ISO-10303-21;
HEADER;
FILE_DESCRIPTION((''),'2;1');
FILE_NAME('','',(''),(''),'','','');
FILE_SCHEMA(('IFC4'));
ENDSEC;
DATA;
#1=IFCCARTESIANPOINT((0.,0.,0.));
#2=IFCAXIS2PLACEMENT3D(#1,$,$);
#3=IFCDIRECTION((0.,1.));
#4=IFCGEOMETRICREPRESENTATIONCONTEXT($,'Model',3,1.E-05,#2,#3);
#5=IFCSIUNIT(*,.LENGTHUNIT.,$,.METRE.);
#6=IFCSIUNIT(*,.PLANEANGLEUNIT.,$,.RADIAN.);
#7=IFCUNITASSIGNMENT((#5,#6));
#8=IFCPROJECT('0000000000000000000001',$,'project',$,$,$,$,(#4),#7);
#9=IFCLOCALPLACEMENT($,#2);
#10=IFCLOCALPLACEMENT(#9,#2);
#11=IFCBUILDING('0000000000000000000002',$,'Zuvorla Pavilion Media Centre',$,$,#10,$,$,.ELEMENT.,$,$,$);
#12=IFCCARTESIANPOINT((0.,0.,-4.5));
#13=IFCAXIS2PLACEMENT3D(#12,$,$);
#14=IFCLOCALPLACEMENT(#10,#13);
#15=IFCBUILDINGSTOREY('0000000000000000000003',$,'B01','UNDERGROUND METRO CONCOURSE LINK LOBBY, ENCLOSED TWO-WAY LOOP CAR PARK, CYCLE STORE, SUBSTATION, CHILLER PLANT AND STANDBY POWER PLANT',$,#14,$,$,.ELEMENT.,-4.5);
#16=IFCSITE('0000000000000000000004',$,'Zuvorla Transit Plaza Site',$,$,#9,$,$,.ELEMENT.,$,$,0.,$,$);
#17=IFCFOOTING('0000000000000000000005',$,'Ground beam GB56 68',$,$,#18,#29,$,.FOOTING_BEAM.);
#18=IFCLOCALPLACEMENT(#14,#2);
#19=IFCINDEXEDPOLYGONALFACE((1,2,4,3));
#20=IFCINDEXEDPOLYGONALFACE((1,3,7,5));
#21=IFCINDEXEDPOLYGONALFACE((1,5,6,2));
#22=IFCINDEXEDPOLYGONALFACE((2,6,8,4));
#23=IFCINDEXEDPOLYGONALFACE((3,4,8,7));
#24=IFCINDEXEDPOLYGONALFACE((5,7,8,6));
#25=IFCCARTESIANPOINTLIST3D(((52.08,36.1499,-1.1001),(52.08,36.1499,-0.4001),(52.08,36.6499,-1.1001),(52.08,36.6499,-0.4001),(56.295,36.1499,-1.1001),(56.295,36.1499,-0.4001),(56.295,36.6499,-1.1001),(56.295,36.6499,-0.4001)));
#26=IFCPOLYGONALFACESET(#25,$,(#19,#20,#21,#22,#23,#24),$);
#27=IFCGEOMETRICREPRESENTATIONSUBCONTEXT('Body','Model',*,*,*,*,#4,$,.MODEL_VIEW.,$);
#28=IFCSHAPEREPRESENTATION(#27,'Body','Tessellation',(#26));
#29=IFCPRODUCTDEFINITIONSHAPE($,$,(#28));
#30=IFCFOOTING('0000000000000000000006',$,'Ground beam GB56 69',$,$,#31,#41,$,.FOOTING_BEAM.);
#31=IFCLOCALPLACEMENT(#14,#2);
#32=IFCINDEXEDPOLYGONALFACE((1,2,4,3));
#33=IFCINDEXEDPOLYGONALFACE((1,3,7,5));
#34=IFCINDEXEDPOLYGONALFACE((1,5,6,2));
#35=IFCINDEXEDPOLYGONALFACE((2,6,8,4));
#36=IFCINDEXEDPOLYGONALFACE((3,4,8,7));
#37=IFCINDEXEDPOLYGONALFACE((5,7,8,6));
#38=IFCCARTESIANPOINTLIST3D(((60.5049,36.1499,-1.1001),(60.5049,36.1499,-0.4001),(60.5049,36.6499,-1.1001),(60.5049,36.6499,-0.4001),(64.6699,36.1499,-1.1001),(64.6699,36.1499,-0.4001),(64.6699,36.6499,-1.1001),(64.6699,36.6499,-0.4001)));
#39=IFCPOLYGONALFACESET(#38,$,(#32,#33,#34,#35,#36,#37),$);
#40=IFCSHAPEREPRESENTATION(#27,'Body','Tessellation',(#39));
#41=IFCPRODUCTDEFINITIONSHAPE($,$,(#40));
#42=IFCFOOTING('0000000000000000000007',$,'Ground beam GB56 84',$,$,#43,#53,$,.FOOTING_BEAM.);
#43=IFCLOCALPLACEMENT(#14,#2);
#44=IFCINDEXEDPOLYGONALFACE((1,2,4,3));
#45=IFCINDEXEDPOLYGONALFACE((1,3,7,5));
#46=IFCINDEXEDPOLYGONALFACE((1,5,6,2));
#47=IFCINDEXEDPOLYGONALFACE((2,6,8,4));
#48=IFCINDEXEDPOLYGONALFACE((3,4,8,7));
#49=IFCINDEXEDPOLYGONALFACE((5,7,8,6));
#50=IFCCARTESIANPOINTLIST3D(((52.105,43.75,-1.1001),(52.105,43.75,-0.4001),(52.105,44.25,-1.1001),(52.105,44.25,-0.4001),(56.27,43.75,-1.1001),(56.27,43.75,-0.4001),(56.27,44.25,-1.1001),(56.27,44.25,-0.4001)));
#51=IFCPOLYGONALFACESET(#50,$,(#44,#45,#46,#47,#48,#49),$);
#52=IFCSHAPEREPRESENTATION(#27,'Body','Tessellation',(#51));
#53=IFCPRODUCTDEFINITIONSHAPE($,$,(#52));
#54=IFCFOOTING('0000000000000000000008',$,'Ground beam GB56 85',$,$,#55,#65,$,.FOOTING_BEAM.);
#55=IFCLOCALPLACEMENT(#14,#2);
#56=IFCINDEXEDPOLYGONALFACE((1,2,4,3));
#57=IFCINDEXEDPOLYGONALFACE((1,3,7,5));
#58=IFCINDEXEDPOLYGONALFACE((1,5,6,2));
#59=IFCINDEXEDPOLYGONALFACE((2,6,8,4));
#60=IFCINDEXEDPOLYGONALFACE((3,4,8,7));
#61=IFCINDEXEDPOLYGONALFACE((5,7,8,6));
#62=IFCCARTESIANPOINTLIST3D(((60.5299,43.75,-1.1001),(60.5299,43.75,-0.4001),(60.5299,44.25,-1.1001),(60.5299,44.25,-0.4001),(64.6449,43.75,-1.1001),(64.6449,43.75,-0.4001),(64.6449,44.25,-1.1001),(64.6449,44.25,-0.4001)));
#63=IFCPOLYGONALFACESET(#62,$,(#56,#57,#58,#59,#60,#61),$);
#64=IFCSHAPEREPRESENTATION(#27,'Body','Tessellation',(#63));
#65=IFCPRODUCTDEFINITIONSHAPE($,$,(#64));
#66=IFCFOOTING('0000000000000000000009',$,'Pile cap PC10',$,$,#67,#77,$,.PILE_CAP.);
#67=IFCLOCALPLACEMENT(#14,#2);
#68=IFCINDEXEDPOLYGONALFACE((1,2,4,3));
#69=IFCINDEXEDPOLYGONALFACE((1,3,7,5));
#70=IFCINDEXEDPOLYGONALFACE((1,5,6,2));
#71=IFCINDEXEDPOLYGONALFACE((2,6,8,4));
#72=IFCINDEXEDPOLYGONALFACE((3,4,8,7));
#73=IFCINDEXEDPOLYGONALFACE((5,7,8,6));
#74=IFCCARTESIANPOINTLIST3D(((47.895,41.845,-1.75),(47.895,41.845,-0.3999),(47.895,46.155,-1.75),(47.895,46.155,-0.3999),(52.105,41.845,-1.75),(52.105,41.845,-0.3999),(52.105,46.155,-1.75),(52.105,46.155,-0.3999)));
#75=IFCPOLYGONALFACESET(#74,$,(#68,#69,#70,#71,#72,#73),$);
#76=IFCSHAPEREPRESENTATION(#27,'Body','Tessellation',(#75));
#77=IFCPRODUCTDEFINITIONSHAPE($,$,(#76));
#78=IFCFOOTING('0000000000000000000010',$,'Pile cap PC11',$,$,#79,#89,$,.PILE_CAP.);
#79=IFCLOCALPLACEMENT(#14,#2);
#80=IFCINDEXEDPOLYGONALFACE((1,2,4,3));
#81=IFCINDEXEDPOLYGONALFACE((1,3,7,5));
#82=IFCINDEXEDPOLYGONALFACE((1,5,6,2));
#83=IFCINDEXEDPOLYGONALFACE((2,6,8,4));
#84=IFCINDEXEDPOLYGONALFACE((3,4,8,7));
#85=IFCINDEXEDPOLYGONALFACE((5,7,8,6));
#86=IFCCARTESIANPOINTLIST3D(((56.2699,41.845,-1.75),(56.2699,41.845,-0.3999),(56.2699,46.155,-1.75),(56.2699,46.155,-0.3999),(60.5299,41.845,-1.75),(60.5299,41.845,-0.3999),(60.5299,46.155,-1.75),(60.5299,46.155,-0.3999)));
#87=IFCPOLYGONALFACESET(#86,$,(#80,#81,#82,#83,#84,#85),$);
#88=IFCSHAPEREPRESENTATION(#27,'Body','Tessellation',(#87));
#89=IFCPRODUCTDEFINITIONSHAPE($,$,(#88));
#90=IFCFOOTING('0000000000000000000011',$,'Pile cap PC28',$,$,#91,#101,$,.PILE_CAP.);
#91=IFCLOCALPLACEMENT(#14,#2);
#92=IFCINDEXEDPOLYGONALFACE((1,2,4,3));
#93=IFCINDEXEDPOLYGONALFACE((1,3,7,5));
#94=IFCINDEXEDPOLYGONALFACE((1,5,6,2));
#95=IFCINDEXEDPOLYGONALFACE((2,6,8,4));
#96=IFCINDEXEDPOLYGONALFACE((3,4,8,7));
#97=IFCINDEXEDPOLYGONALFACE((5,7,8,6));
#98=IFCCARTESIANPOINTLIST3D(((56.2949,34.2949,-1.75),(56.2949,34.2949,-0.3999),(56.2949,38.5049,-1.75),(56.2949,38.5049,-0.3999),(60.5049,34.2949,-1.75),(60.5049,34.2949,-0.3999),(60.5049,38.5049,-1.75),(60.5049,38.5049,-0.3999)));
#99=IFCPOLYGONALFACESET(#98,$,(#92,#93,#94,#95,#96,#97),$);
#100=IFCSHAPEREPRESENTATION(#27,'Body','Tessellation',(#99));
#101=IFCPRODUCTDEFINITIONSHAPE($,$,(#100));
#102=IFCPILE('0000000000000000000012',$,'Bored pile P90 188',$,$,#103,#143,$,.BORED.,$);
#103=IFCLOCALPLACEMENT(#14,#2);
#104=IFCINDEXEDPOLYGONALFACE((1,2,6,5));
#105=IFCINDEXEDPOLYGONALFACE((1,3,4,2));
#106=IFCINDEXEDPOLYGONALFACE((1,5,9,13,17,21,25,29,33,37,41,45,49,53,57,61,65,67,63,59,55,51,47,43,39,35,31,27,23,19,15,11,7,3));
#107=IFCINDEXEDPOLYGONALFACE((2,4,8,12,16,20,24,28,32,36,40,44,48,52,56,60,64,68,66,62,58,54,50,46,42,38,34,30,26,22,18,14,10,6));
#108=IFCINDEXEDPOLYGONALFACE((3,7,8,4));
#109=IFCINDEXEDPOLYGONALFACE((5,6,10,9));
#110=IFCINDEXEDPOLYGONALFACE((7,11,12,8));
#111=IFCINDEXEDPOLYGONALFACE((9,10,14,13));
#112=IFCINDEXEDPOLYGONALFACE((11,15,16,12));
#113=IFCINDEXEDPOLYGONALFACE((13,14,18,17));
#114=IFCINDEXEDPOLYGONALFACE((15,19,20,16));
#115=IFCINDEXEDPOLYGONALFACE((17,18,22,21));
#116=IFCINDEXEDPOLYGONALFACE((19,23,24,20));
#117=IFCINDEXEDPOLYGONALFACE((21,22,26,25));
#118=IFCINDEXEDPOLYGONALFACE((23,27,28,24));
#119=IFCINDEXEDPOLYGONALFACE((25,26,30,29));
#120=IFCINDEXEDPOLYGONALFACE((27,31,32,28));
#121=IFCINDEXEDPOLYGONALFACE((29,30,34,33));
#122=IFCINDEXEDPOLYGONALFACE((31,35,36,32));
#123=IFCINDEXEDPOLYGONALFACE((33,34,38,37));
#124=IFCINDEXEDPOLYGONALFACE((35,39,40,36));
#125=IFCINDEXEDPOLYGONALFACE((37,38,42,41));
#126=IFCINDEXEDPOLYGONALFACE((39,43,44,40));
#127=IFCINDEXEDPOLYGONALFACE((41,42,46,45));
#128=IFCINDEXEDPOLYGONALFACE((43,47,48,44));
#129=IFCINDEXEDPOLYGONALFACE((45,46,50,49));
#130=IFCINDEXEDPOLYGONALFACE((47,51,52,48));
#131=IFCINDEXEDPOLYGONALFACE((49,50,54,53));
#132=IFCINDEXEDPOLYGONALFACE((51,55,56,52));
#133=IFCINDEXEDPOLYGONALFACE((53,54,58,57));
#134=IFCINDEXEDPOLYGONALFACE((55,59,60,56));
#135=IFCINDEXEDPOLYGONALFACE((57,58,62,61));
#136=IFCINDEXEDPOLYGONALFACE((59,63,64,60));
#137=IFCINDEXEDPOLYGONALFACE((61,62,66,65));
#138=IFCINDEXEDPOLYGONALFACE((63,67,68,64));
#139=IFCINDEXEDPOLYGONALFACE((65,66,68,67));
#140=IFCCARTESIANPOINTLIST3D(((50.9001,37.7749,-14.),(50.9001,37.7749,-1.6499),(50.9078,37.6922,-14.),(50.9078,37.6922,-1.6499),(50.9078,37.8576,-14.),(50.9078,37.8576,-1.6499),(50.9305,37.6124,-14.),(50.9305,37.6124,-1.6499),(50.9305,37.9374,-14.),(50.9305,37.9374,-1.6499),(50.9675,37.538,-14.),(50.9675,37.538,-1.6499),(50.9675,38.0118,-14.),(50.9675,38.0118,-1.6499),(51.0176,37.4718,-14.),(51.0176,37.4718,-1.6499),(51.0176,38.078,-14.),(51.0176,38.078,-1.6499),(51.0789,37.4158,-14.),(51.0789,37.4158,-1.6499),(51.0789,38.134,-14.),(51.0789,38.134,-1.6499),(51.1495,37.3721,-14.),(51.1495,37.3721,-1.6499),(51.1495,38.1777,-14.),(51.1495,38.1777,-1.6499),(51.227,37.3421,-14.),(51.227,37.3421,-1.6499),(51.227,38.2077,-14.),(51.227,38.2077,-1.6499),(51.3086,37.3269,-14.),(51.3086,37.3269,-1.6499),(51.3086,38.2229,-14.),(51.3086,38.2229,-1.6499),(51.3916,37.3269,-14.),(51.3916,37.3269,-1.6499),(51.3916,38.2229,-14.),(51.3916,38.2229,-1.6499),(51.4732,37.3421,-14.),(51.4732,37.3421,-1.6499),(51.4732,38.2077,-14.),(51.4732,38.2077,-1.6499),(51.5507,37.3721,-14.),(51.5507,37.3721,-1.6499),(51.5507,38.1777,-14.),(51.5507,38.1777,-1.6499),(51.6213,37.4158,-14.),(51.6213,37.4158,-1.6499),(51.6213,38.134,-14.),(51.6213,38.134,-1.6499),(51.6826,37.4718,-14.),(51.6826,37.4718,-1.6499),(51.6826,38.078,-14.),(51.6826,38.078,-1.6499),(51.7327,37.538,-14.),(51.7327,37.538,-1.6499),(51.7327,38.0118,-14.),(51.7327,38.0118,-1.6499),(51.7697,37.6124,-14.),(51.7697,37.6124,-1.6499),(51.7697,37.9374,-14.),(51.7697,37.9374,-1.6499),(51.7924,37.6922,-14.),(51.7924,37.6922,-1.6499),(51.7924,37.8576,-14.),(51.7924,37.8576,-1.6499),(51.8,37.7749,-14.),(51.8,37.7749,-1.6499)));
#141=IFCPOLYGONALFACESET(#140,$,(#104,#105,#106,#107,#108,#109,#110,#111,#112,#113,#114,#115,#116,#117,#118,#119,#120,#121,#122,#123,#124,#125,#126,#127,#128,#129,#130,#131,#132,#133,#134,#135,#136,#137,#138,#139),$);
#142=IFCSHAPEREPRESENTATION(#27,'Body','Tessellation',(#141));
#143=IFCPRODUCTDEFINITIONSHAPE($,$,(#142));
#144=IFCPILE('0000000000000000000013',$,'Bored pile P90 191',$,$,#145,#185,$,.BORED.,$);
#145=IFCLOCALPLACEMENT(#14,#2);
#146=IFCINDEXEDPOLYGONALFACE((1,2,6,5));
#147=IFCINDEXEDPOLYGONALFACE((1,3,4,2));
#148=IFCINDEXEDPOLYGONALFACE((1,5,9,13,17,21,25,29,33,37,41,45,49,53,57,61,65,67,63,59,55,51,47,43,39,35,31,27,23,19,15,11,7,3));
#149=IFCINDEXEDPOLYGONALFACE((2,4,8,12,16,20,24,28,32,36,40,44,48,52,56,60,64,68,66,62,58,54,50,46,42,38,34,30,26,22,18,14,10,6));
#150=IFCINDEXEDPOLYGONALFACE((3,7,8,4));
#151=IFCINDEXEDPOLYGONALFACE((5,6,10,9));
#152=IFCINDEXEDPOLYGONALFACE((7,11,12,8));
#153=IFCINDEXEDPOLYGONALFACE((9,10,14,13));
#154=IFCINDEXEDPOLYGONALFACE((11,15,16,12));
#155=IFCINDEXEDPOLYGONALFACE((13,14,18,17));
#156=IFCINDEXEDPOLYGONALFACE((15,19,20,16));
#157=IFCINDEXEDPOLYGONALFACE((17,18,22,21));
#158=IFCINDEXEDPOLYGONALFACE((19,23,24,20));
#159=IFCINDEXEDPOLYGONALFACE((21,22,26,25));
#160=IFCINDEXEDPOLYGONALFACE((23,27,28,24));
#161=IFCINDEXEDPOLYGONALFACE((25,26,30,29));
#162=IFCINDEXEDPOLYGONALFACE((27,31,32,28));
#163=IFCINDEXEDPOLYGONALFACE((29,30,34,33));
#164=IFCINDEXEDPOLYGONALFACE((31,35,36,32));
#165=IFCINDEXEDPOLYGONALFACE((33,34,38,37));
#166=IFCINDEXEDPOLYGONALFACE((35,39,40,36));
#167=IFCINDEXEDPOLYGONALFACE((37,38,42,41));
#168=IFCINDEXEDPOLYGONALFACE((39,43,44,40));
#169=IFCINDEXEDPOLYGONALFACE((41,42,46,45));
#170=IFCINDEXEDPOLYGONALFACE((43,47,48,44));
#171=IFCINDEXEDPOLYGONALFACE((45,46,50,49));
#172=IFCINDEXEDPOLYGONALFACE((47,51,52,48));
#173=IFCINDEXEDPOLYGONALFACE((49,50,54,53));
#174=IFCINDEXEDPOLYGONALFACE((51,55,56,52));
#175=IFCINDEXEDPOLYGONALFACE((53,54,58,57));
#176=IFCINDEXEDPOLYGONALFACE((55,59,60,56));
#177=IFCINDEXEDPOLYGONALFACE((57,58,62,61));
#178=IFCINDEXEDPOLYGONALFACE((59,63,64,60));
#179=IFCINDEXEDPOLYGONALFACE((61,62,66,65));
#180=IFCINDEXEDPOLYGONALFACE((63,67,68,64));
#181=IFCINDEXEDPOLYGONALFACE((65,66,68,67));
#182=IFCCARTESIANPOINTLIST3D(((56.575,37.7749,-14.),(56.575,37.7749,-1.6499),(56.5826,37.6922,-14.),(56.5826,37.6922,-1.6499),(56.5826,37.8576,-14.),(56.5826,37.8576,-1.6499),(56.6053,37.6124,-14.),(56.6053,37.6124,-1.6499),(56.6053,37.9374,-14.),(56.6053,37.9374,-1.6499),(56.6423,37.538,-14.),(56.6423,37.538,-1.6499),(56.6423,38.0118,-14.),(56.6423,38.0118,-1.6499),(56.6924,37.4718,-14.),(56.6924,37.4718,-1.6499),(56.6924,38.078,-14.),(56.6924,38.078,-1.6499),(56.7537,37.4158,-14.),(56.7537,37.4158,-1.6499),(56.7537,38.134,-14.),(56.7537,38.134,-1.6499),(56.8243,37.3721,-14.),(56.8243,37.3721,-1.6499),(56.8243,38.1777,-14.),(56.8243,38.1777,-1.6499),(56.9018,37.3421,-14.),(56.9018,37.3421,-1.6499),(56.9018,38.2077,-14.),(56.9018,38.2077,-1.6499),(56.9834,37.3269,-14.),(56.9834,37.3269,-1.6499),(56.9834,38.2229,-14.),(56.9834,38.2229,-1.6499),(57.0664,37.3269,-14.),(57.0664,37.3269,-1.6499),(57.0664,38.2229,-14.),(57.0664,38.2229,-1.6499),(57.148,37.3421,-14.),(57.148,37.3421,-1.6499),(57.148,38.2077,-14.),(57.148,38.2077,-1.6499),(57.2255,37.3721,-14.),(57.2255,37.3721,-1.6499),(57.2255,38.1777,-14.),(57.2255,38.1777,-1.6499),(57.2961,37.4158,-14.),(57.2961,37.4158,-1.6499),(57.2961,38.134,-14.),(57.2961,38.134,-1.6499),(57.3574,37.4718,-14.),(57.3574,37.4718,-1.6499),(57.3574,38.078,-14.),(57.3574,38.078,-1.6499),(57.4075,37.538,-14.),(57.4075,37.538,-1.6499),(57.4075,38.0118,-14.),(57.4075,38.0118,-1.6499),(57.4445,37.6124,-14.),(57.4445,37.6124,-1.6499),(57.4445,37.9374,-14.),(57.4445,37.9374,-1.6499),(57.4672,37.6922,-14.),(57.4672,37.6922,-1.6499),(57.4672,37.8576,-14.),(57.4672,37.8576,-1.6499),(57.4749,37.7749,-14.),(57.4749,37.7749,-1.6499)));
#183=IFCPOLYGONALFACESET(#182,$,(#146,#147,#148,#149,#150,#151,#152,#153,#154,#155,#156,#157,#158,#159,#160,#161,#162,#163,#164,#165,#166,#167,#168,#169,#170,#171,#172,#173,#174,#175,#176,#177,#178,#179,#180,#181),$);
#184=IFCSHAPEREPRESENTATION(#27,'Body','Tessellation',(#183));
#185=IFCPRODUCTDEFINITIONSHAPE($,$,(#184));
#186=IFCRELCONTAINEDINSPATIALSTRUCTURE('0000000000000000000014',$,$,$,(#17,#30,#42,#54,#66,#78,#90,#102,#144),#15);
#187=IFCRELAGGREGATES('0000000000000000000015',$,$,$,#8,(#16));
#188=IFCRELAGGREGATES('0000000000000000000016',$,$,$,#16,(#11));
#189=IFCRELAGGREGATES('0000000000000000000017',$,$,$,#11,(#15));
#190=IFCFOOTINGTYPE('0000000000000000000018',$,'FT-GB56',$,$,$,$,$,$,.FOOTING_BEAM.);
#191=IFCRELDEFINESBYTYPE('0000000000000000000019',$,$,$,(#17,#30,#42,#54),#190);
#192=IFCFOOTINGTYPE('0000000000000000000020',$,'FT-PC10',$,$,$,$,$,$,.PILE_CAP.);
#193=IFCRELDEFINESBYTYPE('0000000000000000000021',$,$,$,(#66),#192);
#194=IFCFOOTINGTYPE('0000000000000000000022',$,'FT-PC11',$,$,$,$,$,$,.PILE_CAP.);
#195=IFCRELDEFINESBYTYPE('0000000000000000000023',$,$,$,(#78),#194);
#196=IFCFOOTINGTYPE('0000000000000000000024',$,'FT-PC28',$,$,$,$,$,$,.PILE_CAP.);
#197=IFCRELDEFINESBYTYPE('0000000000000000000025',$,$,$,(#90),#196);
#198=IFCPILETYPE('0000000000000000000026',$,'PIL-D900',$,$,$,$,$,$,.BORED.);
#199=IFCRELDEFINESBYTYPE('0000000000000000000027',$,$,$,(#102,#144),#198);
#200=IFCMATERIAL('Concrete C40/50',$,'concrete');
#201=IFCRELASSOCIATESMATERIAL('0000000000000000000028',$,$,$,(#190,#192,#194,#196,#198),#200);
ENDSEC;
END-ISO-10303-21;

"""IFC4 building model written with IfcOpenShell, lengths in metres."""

from ifc_helpers import new_model, si_unit, direction, frame, origin, origin_2d, place, context, subcontext, project, spatial, rectangle, circle, extrude, material, material_profile, profile_set, type_object, element, save


model = new_model("IFC4")

# Units and contexts
model_context = context("Model", 3, precision=1e-05, world=origin(), true_north=direction((0.0, 1.0)))
body_context = subcontext(model_context, "Body", "Model", "MODEL_VIEW")
ifc_project = project(units=[si_unit("LENGTHUNIT", "METRE"), si_unit("PLANEANGLEUNIT", "RADIAN")], contexts=[model_context])

# Site, building, storey
site_placement = place(None, origin())
site = spatial("IfcSite", under=ifc_project, at=site_placement, Name="Zuvorla Transit Plaza Site", CompositionType="ELEMENT", RefElevation=0.0)
building_placement = place(site_placement, origin())
building = spatial("IfcBuilding", under=site, at=building_placement, Name="Zuvorla Pavilion Media Centre", CompositionType="ELEMENT")
storey_placement = place(building_placement, frame((0.0, 0.0, -4.5)))
storey = spatial("IfcBuildingStorey", under=building, at=storey_placement, Name="B01", Description="UNDERGROUND METRO CONCOURSE LINK LOBBY, ENCLOSED TWO-WAY LOOP CAR PARK, CYCLE STORE, SUBSTATION, CHILLER PLANT AND STANDBY POWER PLANT", CompositionType="ELEMENT", Elevation=-4.5)

# Footings
ifc_material_1 = material(Name="Concrete C40/50", Category="concrete")
footing_type_1 = type_object("IfcFootingType", Name="FT-GB56", PredefinedType="FOOTING_BEAM", material=ifc_material_1)
footing_1_placement = place(storey_placement, frame((54.1875, 36.3999, -1.1001), z_axis=(0.0, 0.0, 1.0), x_axis=(1.0, 0.0, 0.0)))
element("IfcFooting", 1, at=footing_1_placement, inside=storey, type_object=footing_type_1, Name="Ground beam GB56 68", PredefinedType="FOOTING_BEAM", context=body_context, shape_type="SweptSolid", body=[
    extrude(rectangle(XDim=4.2151, YDim=0.5, at=origin_2d()), origin(), (0.0, 0.0, 1.0), 0.7),
])
for number, where, z_axis, x_axis, name in (
    (2, (62.5874, 36.3999, -1.1001), (0.0, 0.0, 1.0), (1.0, 0.0, 0.0), "Ground beam GB56 69"),
    (3, (54.1875, 44.0, -1.1001), (0.0, 0.0, 1.0), (1.0, 0.0, 0.0), "Ground beam GB56 84"),
):
    element("IfcFooting", number, at=place(storey_placement, frame(where, z_axis=z_axis, x_axis=x_axis)), inside=storey, type_object=footing_type_1, Name=name, PredefinedType="FOOTING_BEAM", context=body_context, shape_type="SweptSolid", body=[
        extrude(rectangle(XDim=4.165, YDim=0.5, at=origin_2d()), origin(), (0.0, 0.0, 1.0), 0.7),
    ])
footing_2_placement = place(storey_placement, frame((62.5874, 44.0, -1.1001), z_axis=(0.0, 0.0, 1.0), x_axis=(1.0, 0.0, 0.0)))
element("IfcFooting", 4, at=footing_2_placement, inside=storey, type_object=footing_type_1, Name="Ground beam GB56 85", PredefinedType="FOOTING_BEAM", context=body_context, shape_type="SweptSolid", body=[
    extrude(rectangle(XDim=4.115, YDim=0.5, at=origin_2d()), origin(), (0.0, 0.0, 1.0), 0.7),
])
footing_type_2 = type_object("IfcFootingType", Name="FT-PC10", PredefinedType="PILE_CAP", material=ifc_material_1)
footing_3_placement = place(storey_placement, frame((50.0, 44.0, -1.75), z_axis=(0.0, 0.0, 1.0), x_axis=(1.0, 0.0, 0.0)))
element("IfcFooting", 5, at=footing_3_placement, inside=storey, type_object=footing_type_2, Name="Pile cap PC10", PredefinedType="PILE_CAP", context=body_context, shape_type="SweptSolid", body=[
    extrude(rectangle(XDim=4.21, YDim=4.3101, at=origin_2d()), origin(), (0.0, 0.0, 1.0), 1.3501),
])
footing_type_3 = type_object("IfcFootingType", Name="FT-PC11", PredefinedType="PILE_CAP", material=ifc_material_1)
footing_4_placement = place(storey_placement, frame((58.3999, 44.0, -1.75), z_axis=(0.0, 0.0, 1.0), x_axis=(1.0, 0.0, 0.0)))
element("IfcFooting", 6, at=footing_4_placement, inside=storey, type_object=footing_type_3, Name="Pile cap PC11", PredefinedType="PILE_CAP", context=body_context, shape_type="SweptSolid", body=[
    extrude(rectangle(XDim=4.26, YDim=4.3101, at=origin_2d()), origin(), (0.0, 0.0, 1.0), 1.3501),
])
footing_type_4 = type_object("IfcFootingType", Name="FT-PC28", PredefinedType="PILE_CAP", material=ifc_material_1)
footing_5_placement = place(storey_placement, frame((58.3999, 36.3999, -1.75), z_axis=(0.0, 0.0, 1.0), x_axis=(1.0, 0.0, 0.0)))
element("IfcFooting", 7, at=footing_5_placement, inside=storey, type_object=footing_type_4, Name="Pile cap PC28", PredefinedType="PILE_CAP", context=body_context, shape_type="SweptSolid", body=[
    extrude(rectangle(XDim=4.21, YDim=4.21, at=origin_2d()), origin(), (0.0, 0.0, 1.0), 1.3501),
])

# Piles
ifc_material_profile_1 = material_profile(ifc_material_1, circle(Radius=0.45, at=origin_2d()), Name="BORED PILE 900")
ifc_profile_set_1 = profile_set([ifc_material_profile_1], Name="Concrete C40/50")
pile_type = type_object("IfcPileType", Name="PIL-D900", PredefinedType="BORED", material=ifc_profile_set_1)
for number, where, z_axis, x_axis, name in (
    (8, (51.3501, 37.7749, -1.6499), (0.0, 0.0, -1.0), (1.0, 0.0, 0.0), "Bored pile P90 188"),
    (9, (57.0249, 37.7749, -1.6499), (0.0, 0.0, -1.0), (1.0, 0.0, 0.0), "Bored pile P90 191"),
):
    element("IfcPile", number, at=place(storey_placement, frame(where, z_axis=z_axis, x_axis=x_axis)), inside=storey, type_object=pile_type, Name=name, PredefinedType="BORED", context=body_context, shape_type="SweptSolid", body=[
        extrude(circle(Radius=0.45, at=origin_2d()), origin(), (0.0, 0.0, 1.0), 12.3501),
    ])

save(model, "model.ifc")
